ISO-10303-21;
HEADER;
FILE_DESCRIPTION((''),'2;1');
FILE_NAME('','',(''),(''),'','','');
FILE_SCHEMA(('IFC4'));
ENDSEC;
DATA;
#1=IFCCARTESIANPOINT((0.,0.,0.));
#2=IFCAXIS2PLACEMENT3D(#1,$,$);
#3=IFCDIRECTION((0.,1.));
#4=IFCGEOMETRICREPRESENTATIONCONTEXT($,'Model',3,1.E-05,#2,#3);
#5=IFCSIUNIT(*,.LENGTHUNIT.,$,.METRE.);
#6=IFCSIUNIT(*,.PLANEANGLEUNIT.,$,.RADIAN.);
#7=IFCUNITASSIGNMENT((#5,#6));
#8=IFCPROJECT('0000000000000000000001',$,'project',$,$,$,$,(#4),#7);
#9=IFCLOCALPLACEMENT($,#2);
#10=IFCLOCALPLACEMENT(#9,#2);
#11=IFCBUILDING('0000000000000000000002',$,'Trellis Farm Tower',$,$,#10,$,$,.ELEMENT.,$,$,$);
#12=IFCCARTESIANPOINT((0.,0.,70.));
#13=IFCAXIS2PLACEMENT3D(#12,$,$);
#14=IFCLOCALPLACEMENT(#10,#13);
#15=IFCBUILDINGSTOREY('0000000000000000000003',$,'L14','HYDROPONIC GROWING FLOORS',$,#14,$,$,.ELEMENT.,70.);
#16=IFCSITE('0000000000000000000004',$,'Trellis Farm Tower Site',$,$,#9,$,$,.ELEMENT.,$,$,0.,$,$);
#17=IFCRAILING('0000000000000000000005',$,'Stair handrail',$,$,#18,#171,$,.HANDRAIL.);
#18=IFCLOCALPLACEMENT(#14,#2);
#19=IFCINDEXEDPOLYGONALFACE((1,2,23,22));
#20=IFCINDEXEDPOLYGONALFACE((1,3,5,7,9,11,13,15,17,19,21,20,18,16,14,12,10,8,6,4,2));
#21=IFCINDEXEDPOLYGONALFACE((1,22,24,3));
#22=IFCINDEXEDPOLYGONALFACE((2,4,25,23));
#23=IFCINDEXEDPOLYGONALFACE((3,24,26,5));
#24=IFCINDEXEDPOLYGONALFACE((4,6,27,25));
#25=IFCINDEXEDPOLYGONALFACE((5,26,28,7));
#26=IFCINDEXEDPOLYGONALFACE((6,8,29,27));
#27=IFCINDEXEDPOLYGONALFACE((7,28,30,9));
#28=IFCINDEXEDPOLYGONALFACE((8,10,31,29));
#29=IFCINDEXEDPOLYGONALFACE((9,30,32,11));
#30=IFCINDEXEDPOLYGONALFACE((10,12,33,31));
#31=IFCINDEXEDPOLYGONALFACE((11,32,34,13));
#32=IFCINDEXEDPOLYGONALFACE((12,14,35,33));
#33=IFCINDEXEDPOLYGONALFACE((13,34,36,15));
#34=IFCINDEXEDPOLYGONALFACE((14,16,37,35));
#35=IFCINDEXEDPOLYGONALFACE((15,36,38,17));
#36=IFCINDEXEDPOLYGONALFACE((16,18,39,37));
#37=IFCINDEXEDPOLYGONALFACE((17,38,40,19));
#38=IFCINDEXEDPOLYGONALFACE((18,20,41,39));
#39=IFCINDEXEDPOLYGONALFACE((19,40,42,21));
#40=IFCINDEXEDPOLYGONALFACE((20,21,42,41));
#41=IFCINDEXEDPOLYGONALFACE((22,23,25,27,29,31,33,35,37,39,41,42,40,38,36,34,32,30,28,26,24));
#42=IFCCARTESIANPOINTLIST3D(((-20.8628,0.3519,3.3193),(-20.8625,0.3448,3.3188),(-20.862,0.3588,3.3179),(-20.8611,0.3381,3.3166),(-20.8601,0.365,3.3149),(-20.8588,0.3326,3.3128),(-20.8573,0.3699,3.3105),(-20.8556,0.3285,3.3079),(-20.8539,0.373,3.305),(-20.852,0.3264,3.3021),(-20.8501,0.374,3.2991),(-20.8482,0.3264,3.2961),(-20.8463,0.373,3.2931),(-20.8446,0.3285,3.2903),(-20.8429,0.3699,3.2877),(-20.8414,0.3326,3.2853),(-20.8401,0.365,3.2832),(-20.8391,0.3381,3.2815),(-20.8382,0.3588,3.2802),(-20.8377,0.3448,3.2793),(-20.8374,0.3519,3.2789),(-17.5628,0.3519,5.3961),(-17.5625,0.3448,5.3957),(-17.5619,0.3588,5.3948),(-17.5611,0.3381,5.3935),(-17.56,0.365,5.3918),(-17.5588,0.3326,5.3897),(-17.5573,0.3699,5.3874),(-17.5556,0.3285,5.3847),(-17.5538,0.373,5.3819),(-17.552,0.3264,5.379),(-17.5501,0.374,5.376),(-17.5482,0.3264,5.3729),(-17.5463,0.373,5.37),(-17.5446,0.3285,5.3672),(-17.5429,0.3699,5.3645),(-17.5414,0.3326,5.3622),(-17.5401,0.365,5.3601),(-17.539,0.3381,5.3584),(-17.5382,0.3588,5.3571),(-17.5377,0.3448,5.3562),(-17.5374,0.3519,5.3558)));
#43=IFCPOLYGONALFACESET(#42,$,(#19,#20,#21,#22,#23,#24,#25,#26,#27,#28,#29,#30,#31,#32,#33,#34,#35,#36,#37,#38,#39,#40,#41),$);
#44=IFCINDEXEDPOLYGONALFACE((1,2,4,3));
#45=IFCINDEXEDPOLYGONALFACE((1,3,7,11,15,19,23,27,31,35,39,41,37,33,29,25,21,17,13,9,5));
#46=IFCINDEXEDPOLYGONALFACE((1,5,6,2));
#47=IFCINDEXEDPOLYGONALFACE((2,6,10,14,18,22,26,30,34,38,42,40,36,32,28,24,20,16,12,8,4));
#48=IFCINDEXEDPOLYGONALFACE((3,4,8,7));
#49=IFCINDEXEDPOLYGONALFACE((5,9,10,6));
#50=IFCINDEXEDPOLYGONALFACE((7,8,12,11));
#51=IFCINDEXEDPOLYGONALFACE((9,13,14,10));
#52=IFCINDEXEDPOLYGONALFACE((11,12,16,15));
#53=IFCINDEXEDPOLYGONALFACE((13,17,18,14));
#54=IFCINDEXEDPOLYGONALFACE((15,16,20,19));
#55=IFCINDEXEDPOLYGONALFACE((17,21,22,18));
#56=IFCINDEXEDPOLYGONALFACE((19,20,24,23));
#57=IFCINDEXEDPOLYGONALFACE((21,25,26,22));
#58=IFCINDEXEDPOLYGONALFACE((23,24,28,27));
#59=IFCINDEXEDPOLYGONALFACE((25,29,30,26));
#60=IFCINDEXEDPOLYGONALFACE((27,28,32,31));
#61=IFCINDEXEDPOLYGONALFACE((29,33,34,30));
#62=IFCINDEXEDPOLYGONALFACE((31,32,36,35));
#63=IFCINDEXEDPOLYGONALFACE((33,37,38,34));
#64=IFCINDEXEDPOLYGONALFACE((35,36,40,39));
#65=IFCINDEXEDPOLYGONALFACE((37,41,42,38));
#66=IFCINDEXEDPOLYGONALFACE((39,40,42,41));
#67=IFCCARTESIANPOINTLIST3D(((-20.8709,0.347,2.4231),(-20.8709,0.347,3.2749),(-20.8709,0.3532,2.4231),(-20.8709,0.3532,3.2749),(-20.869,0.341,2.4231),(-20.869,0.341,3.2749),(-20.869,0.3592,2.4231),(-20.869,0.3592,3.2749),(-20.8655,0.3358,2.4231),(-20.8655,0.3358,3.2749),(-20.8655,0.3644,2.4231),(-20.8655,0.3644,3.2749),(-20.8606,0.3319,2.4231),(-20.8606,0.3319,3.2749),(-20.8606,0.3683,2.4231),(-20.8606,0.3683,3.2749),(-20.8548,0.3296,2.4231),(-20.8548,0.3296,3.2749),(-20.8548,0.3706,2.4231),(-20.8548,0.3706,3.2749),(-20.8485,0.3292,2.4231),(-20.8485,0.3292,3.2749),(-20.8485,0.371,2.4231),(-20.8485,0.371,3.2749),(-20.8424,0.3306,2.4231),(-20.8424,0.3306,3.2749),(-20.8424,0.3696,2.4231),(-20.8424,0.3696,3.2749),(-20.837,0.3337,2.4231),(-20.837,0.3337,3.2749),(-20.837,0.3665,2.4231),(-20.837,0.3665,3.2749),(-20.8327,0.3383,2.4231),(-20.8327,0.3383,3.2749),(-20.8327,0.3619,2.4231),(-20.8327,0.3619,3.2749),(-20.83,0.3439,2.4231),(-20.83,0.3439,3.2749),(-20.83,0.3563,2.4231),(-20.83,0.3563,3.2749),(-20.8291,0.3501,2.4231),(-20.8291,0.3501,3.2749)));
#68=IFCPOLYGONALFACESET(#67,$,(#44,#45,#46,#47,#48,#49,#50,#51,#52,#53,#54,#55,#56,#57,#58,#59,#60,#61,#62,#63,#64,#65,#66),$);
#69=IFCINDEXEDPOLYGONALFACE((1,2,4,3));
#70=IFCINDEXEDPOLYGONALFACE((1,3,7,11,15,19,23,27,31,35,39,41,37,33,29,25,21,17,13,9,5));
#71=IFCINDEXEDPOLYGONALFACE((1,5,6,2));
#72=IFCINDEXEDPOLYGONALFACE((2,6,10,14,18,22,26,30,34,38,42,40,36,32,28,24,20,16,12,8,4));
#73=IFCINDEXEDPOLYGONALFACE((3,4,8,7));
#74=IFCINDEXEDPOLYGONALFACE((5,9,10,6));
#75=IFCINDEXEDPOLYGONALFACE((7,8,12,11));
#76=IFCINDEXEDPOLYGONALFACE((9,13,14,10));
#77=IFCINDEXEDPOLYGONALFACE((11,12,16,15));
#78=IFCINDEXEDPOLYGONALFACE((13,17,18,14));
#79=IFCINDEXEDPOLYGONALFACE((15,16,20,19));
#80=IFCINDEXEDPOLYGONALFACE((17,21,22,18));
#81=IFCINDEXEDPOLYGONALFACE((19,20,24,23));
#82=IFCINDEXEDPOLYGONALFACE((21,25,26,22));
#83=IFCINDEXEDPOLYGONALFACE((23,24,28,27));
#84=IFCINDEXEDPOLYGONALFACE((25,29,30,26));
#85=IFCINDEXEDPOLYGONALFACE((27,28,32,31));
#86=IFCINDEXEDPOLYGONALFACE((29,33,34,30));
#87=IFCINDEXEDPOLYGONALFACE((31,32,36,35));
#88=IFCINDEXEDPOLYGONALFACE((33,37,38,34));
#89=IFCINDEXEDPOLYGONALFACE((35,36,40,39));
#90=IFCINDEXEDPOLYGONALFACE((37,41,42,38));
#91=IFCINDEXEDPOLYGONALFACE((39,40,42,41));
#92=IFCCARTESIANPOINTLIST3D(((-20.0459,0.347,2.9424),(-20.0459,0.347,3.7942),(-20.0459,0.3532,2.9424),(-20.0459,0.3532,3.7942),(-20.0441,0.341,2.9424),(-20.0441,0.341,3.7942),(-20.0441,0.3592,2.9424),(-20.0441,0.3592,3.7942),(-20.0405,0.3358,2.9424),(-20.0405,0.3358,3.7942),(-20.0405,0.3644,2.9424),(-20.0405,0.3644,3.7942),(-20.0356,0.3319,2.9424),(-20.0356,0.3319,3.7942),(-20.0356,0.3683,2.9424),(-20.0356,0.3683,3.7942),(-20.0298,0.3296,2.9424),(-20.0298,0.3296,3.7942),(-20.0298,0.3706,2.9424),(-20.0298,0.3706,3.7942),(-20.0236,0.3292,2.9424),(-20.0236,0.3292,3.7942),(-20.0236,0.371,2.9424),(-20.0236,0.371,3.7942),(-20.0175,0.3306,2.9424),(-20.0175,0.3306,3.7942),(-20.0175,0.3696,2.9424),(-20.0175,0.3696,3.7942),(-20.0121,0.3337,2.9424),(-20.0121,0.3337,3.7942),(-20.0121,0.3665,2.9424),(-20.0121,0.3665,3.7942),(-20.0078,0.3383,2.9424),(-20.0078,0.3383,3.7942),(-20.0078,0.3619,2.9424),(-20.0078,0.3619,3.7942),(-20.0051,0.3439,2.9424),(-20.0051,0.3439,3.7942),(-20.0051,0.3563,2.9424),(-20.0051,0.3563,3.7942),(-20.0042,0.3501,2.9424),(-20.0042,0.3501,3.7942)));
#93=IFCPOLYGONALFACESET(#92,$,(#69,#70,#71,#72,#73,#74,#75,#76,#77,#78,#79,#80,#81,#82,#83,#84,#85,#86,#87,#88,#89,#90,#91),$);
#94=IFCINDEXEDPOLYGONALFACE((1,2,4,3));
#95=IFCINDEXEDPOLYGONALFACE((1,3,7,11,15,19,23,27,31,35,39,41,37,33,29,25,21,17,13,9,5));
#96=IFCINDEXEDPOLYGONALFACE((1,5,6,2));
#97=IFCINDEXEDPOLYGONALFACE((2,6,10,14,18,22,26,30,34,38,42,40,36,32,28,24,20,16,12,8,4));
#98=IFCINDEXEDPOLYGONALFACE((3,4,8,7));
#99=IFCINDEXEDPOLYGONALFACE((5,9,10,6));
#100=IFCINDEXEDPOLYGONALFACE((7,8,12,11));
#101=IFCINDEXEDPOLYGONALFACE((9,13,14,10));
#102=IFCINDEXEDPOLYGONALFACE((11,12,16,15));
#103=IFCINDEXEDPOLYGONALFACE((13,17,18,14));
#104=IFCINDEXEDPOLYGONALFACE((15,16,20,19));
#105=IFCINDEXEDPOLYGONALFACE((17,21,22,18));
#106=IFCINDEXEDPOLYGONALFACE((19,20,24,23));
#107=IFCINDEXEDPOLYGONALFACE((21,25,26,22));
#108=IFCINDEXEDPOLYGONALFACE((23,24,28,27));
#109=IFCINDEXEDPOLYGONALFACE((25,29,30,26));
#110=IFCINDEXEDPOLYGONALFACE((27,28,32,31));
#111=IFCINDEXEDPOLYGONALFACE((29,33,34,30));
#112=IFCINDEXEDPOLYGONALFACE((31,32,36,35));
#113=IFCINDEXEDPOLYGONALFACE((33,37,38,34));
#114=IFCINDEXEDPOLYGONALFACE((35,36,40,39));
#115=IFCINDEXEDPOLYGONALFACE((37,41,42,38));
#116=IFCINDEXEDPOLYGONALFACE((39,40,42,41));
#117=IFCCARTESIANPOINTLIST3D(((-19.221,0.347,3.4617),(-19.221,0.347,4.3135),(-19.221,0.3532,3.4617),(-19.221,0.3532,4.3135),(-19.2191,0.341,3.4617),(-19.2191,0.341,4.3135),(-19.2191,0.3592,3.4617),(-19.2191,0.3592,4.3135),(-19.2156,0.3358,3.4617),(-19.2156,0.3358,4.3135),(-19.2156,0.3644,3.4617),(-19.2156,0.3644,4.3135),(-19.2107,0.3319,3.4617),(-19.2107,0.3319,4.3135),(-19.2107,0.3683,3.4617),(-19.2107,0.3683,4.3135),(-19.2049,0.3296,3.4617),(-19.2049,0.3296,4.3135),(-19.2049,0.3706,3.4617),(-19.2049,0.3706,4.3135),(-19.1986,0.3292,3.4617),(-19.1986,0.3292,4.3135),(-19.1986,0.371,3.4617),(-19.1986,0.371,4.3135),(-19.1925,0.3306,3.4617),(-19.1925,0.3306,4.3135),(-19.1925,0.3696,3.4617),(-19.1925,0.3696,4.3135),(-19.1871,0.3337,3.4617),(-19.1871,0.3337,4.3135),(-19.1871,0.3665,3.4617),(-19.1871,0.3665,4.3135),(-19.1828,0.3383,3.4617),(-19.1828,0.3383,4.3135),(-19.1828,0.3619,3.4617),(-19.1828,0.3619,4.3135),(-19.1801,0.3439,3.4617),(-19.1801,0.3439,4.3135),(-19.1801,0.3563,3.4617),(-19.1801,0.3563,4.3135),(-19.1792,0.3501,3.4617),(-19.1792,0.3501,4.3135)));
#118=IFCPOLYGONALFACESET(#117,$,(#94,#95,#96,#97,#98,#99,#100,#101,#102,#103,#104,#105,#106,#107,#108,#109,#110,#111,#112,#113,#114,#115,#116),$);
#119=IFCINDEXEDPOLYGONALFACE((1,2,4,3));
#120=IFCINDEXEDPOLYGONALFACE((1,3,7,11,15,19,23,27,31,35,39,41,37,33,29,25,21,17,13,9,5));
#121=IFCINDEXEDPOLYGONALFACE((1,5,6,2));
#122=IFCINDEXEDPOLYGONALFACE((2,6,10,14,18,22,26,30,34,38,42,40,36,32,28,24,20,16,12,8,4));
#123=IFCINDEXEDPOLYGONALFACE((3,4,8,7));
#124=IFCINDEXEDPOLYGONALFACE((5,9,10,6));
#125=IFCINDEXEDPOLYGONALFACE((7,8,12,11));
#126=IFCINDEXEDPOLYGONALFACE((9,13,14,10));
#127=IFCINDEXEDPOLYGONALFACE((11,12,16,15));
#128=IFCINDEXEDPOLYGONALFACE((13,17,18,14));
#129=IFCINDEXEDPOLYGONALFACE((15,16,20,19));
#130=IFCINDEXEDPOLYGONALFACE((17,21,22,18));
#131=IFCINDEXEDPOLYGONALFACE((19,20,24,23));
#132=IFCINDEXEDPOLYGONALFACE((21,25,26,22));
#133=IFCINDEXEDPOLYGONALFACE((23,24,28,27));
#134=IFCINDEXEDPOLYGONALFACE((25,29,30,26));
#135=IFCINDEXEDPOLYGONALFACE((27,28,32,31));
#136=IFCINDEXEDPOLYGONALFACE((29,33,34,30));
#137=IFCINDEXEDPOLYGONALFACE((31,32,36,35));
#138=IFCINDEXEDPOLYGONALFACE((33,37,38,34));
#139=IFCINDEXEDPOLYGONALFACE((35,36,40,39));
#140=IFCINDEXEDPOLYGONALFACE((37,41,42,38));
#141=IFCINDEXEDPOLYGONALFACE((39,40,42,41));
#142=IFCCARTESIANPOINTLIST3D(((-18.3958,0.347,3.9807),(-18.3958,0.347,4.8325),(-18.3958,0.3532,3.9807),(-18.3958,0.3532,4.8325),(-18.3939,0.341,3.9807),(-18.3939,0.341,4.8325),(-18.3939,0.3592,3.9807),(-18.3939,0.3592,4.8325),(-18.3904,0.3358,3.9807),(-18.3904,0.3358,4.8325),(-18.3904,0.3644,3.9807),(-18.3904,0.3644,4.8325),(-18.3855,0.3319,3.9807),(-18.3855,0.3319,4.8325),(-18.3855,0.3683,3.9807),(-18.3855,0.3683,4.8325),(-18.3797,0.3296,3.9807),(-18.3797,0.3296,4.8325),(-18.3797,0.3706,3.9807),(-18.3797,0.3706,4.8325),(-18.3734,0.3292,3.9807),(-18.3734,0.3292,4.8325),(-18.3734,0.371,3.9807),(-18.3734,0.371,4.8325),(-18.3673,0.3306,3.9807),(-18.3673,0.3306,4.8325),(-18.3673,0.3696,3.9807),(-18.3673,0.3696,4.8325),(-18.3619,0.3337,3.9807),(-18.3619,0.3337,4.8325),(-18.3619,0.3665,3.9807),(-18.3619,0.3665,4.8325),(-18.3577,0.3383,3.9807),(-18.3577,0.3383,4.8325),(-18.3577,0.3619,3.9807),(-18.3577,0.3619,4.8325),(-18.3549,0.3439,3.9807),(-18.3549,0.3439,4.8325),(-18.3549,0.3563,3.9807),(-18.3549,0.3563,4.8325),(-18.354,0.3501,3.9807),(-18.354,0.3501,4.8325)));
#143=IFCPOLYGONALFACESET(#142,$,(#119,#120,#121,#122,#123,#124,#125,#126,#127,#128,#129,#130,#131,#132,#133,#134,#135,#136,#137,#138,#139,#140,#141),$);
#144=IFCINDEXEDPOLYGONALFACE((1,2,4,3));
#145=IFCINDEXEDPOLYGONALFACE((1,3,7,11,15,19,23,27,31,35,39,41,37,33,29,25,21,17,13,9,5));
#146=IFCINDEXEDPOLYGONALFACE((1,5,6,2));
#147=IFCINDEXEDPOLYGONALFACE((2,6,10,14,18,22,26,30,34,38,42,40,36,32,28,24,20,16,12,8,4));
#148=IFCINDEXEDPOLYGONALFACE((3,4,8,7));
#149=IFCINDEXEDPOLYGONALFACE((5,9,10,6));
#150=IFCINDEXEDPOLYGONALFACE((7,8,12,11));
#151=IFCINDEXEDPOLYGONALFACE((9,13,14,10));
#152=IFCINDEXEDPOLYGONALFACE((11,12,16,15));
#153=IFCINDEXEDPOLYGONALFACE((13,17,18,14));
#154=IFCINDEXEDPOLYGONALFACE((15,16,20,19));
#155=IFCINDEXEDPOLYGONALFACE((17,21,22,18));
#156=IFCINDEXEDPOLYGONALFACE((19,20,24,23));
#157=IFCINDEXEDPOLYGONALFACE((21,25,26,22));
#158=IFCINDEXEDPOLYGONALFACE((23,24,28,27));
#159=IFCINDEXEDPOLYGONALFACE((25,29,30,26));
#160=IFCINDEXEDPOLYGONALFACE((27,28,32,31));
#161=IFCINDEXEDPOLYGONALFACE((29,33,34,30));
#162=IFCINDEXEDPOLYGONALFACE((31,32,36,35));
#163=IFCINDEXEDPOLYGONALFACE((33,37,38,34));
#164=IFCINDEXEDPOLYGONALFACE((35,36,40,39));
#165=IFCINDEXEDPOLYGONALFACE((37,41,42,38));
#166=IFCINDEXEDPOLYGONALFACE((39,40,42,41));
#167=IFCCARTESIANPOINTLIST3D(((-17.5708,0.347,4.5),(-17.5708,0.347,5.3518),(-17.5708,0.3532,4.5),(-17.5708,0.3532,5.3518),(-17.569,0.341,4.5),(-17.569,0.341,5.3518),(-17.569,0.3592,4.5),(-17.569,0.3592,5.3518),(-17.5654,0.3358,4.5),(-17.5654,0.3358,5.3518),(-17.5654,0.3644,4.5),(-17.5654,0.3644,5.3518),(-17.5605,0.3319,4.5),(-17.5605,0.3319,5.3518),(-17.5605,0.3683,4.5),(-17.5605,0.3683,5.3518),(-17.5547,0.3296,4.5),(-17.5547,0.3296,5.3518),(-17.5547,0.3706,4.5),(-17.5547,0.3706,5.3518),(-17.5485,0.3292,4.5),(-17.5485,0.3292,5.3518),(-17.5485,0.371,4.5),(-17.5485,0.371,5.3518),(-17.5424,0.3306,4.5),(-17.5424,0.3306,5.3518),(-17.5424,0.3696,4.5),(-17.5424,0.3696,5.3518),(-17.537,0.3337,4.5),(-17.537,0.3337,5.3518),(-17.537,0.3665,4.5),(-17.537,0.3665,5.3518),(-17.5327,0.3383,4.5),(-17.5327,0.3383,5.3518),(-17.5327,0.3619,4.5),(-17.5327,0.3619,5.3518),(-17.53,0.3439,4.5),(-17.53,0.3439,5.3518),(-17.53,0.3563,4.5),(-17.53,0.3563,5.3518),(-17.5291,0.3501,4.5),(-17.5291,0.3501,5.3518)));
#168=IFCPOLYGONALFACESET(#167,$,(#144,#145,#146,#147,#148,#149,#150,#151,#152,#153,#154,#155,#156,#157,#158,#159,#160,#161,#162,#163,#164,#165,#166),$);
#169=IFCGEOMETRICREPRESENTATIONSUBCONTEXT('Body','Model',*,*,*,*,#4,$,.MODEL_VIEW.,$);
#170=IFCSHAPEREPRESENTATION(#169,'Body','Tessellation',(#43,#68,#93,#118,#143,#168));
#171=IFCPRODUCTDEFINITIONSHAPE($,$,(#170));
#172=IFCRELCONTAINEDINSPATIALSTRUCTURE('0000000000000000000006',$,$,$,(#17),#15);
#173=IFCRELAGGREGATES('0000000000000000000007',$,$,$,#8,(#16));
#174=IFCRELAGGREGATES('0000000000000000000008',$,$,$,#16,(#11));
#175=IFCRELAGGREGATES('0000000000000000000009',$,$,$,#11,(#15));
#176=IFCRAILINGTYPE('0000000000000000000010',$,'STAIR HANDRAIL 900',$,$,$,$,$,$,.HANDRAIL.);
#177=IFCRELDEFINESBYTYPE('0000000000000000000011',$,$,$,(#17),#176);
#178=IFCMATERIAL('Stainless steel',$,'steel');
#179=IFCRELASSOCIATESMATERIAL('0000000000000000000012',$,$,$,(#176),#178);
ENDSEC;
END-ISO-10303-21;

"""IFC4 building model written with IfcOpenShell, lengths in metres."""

from ifc_helpers import new_model, si_unit, direction, frame, origin, origin_2d, place, context, subcontext, project, spatial, circle, extrude, source, transform, mapped, material, type_object, element, save


model = new_model("IFC4")

# Units and contexts
model_context = context("Model", 3, precision=1e-05, world=origin(), true_north=direction((0.0, 1.0)))
body_context = subcontext(model_context, "Body", "Model", "MODEL_VIEW")
ifc_project = project(units=[si_unit("LENGTHUNIT", "METRE"), si_unit("PLANEANGLEUNIT", "RADIAN")], contexts=[model_context])

# Site, building, storey
site_placement = place(None, origin())
site = spatial("IfcSite", under=ifc_project, at=site_placement, Name="Trellis Farm Tower Site", CompositionType="ELEMENT", RefElevation=0.0)
building_placement = place(site_placement, origin())
building = spatial("IfcBuilding", under=site, at=building_placement, Name="Trellis Farm Tower", CompositionType="ELEMENT")
storey_placement = place(building_placement, frame((0.0, 0.0, 70.0)))
storey = spatial("IfcBuildingStorey", under=building, at=storey_placement, Name="L14", Description="HYDROPONIC GROWING FLOORS", CompositionType="ELEMENT", Elevation=70.0)

# Railing
ifc_material_1 = material(Name="Stainless steel", Category="steel")
railing_type = type_object("IfcRailingType", Name="STAIR HANDRAIL 900", PredefinedType="HANDRAIL", material=ifc_material_1)
shared_shape_1 = source(origin(), body_context, "Body", "SweptSolid", [
    extrude(circle(Radius=0.0239, at=origin_2d()), frame((0.0, 0.0, 0.876), z_axis=(0.846337, 0.0, 0.532647), x_axis=(0.0, 1.0, 0.0)), (0.0, 0.0, 1.0), 3.8992),
    extrude(circle(Radius=0.021, at=origin_2d()), origin(), (0.0, 0.0, 1.0), 0.8518),
    extrude(circle(Radius=0.021, at=origin_2d()), frame((0.825, 0.0, 0.5193)), (0.0, 0.0, 1.0), 0.8518),
    extrude(circle(Radius=0.021, at=origin_2d()), frame((1.6499, 0.0, 1.0386)), (0.0, 0.0, 1.0), 0.8518),
    extrude(circle(Radius=0.021, at=origin_2d()), frame((2.4751, 0.0, 1.5576)), (0.0, 0.0, 1.0), 0.8518),
    extrude(circle(Radius=0.021, at=origin_2d()), frame((3.3, 0.0, 2.0769)), (0.0, 0.0, 1.0), 0.8518),
])
for number, where, name in (
    (1, (-20.8501, 0.3501, 2.4231), "Stair handrail"),
):
    element("IfcRailing", number, at=place(storey_placement, frame(where)), inside=storey, type_object=railing_type, Name=name, PredefinedType="HANDRAIL", context=body_context, shape_type="MappedRepresentation", body=[
        mapped(shared_shape_1, transform((0.0, 0.0, 0.0))),
    ])

save(model, "model.ifc")
